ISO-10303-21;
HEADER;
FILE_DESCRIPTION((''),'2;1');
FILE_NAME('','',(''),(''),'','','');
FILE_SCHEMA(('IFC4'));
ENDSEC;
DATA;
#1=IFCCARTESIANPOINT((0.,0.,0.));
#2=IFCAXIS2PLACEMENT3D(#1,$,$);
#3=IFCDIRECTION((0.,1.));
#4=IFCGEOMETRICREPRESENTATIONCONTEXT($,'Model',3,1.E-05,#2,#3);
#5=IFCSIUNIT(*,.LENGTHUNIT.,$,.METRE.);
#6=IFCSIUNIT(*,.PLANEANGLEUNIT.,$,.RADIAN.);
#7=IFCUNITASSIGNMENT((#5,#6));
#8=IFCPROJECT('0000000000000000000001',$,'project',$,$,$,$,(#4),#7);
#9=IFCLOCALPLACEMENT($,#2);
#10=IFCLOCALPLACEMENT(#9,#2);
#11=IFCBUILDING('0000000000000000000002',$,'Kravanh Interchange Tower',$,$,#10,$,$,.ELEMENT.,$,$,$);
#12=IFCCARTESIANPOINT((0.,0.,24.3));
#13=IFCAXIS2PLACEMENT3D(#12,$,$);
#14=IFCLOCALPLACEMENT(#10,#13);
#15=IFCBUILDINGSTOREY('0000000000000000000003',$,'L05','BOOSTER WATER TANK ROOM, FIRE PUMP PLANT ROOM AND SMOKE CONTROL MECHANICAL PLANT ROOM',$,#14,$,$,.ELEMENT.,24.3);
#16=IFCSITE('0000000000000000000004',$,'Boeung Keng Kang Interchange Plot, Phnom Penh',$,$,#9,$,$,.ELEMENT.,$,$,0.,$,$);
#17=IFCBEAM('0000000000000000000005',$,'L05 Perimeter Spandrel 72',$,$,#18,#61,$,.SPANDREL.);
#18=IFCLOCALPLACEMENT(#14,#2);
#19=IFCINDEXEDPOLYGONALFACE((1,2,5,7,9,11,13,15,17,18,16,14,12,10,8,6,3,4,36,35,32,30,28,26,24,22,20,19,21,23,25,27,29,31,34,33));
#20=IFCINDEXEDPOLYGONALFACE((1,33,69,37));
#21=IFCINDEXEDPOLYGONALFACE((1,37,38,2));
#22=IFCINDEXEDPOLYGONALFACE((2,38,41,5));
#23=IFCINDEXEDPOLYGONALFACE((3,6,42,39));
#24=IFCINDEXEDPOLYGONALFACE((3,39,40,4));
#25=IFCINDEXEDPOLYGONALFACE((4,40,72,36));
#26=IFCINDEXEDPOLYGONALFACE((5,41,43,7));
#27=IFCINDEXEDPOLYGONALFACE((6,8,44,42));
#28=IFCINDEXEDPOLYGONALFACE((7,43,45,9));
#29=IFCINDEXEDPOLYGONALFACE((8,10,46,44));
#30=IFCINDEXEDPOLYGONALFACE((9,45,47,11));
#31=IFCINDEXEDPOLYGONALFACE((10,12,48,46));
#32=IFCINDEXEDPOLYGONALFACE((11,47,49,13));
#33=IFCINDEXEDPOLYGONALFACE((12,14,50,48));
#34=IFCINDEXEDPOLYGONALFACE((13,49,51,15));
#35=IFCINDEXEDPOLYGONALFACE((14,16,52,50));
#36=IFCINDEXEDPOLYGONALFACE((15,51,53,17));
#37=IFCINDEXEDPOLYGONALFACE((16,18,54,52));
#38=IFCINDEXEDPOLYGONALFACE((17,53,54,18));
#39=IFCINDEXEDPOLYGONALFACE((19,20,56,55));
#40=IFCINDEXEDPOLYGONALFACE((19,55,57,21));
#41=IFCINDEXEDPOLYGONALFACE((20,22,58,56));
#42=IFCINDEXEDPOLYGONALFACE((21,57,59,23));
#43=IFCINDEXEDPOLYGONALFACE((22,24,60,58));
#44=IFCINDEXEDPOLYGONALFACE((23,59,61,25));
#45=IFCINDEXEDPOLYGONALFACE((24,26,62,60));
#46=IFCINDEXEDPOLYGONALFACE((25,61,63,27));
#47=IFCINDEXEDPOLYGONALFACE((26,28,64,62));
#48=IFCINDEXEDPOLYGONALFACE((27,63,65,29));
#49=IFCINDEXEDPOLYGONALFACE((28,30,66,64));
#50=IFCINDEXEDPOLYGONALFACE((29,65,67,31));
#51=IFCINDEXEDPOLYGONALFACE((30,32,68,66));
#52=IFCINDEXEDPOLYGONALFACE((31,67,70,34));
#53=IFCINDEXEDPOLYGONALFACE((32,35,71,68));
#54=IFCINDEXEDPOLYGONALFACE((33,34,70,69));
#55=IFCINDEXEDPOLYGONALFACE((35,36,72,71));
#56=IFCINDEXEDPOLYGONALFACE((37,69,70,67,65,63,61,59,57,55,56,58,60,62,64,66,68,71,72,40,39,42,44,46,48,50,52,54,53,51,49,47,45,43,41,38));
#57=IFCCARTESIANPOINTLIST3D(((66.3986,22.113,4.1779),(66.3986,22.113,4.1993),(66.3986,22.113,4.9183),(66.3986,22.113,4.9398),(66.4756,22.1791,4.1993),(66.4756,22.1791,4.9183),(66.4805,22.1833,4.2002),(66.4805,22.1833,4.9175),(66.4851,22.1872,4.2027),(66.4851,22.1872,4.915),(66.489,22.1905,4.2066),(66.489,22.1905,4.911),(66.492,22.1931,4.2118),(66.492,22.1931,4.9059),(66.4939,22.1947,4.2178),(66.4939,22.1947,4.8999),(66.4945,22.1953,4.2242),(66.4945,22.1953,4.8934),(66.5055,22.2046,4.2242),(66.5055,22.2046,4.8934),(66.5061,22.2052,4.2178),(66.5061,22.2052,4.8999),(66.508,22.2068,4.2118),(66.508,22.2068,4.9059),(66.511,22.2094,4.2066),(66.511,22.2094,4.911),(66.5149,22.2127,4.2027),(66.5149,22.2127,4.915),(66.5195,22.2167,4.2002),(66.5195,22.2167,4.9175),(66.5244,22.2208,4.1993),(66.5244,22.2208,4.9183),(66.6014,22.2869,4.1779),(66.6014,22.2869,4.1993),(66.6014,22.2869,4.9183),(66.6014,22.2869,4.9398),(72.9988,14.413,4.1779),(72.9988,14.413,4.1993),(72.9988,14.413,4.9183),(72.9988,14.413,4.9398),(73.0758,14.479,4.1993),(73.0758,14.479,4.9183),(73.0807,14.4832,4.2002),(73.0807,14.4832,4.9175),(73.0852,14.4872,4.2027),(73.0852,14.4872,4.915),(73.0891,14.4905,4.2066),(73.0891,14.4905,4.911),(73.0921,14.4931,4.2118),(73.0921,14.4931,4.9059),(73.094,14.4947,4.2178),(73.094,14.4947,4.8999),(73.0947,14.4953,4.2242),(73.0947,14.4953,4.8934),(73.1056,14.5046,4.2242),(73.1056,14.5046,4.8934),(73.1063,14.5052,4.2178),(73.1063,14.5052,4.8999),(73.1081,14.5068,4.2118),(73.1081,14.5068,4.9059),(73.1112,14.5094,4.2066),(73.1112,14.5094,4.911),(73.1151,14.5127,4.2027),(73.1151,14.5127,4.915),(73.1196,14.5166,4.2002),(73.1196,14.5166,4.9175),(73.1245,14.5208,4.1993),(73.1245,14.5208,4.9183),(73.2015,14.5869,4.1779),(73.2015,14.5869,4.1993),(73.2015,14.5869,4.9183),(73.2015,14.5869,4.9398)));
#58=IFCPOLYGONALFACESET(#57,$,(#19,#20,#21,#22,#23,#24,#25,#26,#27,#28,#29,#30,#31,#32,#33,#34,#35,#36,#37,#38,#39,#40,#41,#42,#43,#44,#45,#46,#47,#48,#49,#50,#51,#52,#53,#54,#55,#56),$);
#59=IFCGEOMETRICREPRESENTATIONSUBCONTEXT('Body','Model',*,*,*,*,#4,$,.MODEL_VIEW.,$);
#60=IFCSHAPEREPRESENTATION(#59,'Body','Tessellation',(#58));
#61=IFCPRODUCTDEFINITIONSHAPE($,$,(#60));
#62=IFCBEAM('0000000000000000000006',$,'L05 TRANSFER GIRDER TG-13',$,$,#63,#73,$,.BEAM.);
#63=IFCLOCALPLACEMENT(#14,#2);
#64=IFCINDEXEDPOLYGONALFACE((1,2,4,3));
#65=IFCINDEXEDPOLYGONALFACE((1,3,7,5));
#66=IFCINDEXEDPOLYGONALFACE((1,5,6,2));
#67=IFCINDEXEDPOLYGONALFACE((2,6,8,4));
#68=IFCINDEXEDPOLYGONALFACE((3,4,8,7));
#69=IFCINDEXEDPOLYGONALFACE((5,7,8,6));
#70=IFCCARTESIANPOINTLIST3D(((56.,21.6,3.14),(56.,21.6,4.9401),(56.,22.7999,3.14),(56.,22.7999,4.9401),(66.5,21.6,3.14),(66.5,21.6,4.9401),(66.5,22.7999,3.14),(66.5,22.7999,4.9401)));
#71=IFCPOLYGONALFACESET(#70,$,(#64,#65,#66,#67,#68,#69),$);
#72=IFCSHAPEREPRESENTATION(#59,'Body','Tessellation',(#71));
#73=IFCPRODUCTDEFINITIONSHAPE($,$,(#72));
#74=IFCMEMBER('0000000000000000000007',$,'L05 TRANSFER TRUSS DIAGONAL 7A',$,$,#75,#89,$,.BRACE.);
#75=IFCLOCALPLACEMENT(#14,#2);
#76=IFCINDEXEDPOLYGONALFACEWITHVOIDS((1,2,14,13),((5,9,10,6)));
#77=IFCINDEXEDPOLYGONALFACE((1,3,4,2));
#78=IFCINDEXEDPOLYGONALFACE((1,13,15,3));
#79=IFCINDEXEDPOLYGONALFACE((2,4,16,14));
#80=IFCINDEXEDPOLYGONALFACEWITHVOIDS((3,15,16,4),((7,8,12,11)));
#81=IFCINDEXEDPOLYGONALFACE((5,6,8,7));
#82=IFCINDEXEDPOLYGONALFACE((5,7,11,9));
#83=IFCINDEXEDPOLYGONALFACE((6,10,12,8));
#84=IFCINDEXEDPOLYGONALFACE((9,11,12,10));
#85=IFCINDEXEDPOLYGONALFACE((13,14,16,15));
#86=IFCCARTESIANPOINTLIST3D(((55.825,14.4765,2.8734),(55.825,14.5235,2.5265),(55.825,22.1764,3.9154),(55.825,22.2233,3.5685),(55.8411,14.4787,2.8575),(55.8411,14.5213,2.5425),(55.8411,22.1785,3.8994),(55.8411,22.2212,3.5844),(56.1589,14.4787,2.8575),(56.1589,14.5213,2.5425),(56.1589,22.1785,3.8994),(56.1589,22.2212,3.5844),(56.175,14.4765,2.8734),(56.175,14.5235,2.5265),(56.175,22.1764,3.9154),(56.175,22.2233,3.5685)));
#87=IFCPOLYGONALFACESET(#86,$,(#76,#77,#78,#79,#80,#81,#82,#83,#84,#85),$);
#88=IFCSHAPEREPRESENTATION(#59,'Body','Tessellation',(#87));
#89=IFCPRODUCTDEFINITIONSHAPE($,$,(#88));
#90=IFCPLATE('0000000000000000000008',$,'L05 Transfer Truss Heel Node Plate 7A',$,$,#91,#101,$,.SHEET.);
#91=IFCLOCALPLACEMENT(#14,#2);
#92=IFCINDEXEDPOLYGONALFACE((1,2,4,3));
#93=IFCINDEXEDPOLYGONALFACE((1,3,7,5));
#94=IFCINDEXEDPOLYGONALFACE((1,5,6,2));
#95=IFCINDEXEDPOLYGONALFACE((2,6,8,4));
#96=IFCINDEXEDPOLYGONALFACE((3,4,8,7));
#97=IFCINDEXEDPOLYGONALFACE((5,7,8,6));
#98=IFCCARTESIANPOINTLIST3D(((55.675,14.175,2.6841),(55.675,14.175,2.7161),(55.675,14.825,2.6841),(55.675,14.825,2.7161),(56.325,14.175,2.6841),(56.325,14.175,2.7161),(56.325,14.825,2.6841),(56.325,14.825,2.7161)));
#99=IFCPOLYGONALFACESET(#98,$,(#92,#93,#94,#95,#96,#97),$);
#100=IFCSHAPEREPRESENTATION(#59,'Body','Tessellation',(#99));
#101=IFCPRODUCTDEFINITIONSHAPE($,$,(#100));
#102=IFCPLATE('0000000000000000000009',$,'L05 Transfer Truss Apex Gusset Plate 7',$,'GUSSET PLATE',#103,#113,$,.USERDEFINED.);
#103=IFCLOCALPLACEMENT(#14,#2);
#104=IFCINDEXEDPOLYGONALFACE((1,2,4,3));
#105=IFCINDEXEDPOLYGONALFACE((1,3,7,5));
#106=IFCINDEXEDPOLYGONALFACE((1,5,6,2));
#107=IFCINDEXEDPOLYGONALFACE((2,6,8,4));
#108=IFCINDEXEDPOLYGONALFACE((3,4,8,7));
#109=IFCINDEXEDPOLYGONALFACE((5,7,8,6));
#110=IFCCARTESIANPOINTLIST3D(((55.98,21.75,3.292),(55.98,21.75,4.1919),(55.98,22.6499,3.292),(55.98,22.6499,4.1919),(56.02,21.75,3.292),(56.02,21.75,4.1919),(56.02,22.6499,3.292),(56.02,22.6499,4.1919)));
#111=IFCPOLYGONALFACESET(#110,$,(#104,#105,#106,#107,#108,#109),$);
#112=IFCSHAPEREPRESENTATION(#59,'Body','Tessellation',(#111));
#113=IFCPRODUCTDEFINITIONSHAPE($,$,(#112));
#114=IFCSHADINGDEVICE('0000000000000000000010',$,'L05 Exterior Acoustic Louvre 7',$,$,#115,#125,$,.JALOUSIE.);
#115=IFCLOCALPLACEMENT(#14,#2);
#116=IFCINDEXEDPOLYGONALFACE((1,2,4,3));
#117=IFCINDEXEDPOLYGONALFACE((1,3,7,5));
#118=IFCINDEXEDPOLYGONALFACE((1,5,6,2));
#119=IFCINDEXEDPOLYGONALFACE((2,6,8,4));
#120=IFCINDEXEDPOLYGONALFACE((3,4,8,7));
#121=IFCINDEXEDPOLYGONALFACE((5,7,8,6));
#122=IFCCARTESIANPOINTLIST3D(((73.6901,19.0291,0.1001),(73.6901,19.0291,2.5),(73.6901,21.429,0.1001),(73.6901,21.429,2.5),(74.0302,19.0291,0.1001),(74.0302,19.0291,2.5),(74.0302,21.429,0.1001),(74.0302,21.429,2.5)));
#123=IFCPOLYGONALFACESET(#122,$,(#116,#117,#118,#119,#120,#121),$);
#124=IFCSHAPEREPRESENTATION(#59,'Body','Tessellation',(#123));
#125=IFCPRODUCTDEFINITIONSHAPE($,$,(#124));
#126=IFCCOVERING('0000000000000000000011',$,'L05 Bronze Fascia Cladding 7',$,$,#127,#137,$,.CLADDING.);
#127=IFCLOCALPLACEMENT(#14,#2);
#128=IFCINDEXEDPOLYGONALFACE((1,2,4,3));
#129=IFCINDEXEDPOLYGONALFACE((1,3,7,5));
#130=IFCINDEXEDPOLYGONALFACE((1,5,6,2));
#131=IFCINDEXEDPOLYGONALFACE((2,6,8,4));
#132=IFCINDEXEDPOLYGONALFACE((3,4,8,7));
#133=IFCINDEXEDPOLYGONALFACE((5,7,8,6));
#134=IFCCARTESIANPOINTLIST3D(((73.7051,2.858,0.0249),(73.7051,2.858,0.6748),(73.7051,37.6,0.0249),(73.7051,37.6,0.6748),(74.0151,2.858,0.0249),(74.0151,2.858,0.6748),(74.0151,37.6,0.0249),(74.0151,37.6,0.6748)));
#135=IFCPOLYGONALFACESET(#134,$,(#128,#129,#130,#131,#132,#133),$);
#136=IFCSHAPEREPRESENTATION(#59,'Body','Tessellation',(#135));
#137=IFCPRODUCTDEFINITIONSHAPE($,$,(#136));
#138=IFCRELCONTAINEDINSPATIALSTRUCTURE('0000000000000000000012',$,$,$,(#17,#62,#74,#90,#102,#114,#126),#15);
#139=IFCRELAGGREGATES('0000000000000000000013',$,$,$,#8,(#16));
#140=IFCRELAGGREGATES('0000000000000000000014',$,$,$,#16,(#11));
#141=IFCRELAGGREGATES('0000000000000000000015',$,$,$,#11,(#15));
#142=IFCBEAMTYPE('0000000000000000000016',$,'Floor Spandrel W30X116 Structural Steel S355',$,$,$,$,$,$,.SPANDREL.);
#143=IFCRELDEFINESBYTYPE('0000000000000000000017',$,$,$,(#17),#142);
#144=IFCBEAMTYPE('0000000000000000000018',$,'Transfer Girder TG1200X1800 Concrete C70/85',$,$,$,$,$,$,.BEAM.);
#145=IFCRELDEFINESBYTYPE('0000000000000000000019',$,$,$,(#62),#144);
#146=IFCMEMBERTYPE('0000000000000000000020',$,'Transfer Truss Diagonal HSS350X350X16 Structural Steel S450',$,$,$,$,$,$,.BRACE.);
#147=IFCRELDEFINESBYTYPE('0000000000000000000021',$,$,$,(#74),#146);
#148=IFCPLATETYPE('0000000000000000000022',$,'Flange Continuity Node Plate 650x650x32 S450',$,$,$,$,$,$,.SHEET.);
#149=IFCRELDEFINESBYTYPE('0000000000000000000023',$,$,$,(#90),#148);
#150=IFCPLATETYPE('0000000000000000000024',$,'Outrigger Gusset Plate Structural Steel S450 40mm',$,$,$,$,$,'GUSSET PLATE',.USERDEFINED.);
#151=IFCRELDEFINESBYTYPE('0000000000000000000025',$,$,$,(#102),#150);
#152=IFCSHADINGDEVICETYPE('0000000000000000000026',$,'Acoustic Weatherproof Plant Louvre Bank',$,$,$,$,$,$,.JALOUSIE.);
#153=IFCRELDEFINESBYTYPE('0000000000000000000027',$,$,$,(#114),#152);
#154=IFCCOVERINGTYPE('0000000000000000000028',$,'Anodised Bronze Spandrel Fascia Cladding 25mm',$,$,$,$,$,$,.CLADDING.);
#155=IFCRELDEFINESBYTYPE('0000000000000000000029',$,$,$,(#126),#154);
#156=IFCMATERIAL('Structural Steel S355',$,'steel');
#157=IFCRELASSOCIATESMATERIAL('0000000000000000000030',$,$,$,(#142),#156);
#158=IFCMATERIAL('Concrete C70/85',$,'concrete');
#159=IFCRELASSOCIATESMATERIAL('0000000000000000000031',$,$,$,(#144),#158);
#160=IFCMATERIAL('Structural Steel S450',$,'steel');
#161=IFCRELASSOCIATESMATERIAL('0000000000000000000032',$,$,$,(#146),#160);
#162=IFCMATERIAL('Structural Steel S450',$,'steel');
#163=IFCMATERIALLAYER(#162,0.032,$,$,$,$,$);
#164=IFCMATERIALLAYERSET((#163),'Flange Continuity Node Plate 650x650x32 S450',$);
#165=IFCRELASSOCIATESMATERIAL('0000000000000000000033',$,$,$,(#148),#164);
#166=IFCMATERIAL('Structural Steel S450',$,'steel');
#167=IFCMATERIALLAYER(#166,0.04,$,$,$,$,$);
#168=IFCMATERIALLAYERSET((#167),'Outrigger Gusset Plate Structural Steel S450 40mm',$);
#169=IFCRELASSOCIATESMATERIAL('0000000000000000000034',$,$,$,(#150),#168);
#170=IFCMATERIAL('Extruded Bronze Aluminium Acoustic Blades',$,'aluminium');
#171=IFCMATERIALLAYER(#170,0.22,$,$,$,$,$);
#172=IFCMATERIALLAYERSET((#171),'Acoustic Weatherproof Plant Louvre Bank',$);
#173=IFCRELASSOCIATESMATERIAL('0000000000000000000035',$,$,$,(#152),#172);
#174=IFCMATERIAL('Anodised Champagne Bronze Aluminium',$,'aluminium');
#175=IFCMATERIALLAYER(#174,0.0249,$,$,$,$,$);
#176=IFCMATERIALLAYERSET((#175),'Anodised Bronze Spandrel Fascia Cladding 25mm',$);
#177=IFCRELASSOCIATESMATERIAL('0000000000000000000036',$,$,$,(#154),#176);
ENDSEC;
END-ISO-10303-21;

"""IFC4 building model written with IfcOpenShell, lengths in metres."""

from ifc_helpers import new_model, si_unit, direction, frame, origin, origin_2d, place, context, subcontext, project, spatial, rectangle, hollow_rectangle, i_section, extrude, material, layer, layer_set, material_profile, profile_set, type_object, element, save


model = new_model("IFC4")

# Units and contexts
model_context = context("Model", 3, precision=1e-05, world=origin(), true_north=direction((0.0, 1.0)))
body_context = subcontext(model_context, "Body", "Model", "MODEL_VIEW")
ifc_project = project(units=[si_unit("LENGTHUNIT", "METRE"), si_unit("PLANEANGLEUNIT", "RADIAN")], contexts=[model_context])

# Site, building, storey
site_placement = place(None, origin())
site = spatial("IfcSite", under=ifc_project, at=site_placement, Name="Boeung Keng Kang Interchange Plot, Phnom Penh", CompositionType="ELEMENT", RefElevation=0.0)
building_placement = place(site_placement, origin())
building = spatial("IfcBuilding", under=site, at=building_placement, Name="Kravanh Interchange Tower", CompositionType="ELEMENT")
storey_placement = place(building_placement, frame((0.0, 0.0, 24.3)))
storey = spatial("IfcBuildingStorey", under=building, at=storey_placement, Name="L05", Description="BOOSTER WATER TANK ROOM, FIRE PUMP PLANT ROOM AND SMOKE CONTROL MECHANICAL PLANT ROOM", CompositionType="ELEMENT", Elevation=24.3)

# Beams
ifc_material_1 = material(Name="Structural Steel S355", Category="steel")
ifc_material_profile_1 = material_profile(ifc_material_1, i_section(OverallWidth=0.2671, OverallDepth=0.762, WebThickness=0.0144, FlangeThickness=0.0215, FilletRadius=0.0249, at=origin_2d()), Name="W30X116")
ifc_profile_set_1 = profile_set([ifc_material_profile_1], Name="Structural Steel S355")
beam_type_1 = type_object("IfcBeamType", Name="Floor Spandrel W30X116 Structural Steel S355", PredefinedType="SPANDREL", material=ifc_profile_set_1)
beam_1_placement = place(storey_placement, frame((66.5, 22.2, 4.5588), z_axis=(0.650799, -0.75925, 0.0), x_axis=(0.75925, 0.650799, 0.0)))
element("IfcBeam", 1, at=beam_1_placement, inside=storey, type_object=beam_type_1, Name="L05 Perimeter Spandrel 72", PredefinedType="SPANDREL", context=body_context, shape_type="SweptSolid", body=[
    extrude(i_section(OverallWidth=0.2671, OverallDepth=0.762, WebThickness=0.0144, FlangeThickness=0.0215, FilletRadius=0.0249, at=origin_2d()), origin(), (0.0, 0.0, 1.0), 10.1416),
])
ifc_material_2 = material(Name="Concrete C70/85", Category="concrete")
ifc_material_profile_2 = material_profile(ifc_material_2, rectangle(XDim=1.2, YDim=1.8, at=origin_2d()), Name="TG1200X1800")
ifc_profile_set_2 = profile_set([ifc_material_profile_2], Name="Concrete C70/85")
beam_type_2 = type_object("IfcBeamType", Name="Transfer Girder TG1200X1800 Concrete C70/85", PredefinedType="BEAM", material=ifc_profile_set_2)
beam_2_placement = place(storey_placement, frame((56.0, 22.2, 4.04), z_axis=(1.0, 0.0, 0.0), x_axis=(0.0, 1.0, 0.0)))
element("IfcBeam", 2, at=beam_2_placement, inside=storey, type_object=beam_type_2, Name="L05 TRANSFER GIRDER TG-13", PredefinedType="BEAM", context=body_context, shape_type="SweptSolid", body=[
    extrude(rectangle(XDim=1.2, YDim=1.8, at=origin_2d()), origin(), (0.0, 0.0, 1.0), 10.5),
])

# Member
ifc_material_3 = material(Name="Structural Steel S450", Category="steel")
ifc_material_profile_3 = material_profile(ifc_material_3, hollow_rectangle(XDim=0.3501, YDim=0.3501, WallThickness=0.0161, at=origin_2d()), Name="HSS350X350X16")
ifc_profile_set_3 = profile_set([ifc_material_profile_3], Name="Structural Steel S450")
member_type = type_object("IfcMemberType", Name="Transfer Truss Diagonal HSS350X350X16 Structural Steel S450", PredefinedType="BRACE", material=ifc_profile_set_3)
member_placement = place(storey_placement, frame((56.0, 14.5, 2.7), z_axis=(0.0, 0.990968, 0.134102), x_axis=(-1.0, 0.0, 0.0)))
element("IfcMember", 3, at=member_placement, inside=storey, type_object=member_type, Name="L05 TRANSFER TRUSS DIAGONAL 7A", PredefinedType="BRACE", context=body_context, shape_type="SweptSolid", body=[
    extrude(hollow_rectangle(XDim=0.3501, YDim=0.3501, WallThickness=0.0161, at=origin_2d()), origin(), (0.0, 0.0, 1.0), 7.77),
])

# Plates
ifc_material_4 = material(Name="Structural Steel S450", Category="steel")
ifc_layer_1 = layer(ifc_material_4, 0.032)
ifc_layer_set_1 = layer_set([ifc_layer_1], Name="Flange Continuity Node Plate 650x650x32 S450")
plate_type_1 = type_object("IfcPlateType", Name="Flange Continuity Node Plate 650x650x32 S450", PredefinedType="SHEET", material=ifc_layer_set_1)
plate_1_placement = place(storey_placement, frame((56.0, 14.5, 2.6841), z_axis=(0.0, 0.0, 1.0), x_axis=(1.0, 0.0, 0.0)))
element("IfcPlate", 4, at=plate_1_placement, inside=storey, type_object=plate_type_1, Name="L05 Transfer Truss Heel Node Plate 7A", PredefinedType="SHEET", context=body_context, shape_type="SweptSolid", body=[
    extrude(rectangle(XDim=0.6499, YDim=0.6499, at=origin_2d()), origin(), (0.0, 0.0, 1.0), 0.032),
])
ifc_material_5 = material(Name="Structural Steel S450", Category="steel")
ifc_layer_2 = layer(ifc_material_5, 0.04)
ifc_layer_set_2 = layer_set([ifc_layer_2], Name="Outrigger Gusset Plate Structural Steel S450 40mm")
plate_type_2 = type_object("IfcPlateType", Name="Outrigger Gusset Plate Structural Steel S450 40mm", ElementType="GUSSET PLATE", PredefinedType="USERDEFINED", material=ifc_layer_set_2)
plate_2_placement = place(storey_placement, frame((56.0, 22.2, 3.292), z_axis=(0.0, 0.0, 1.0), x_axis=(0.0, 1.0, 0.0)))
element("IfcPlate", 5, at=plate_2_placement, inside=storey, type_object=plate_type_2, Name="L05 Transfer Truss Apex Gusset Plate 7", ObjectType="GUSSET PLATE", PredefinedType="USERDEFINED", context=body_context, shape_type="SweptSolid", body=[
    extrude(rectangle(XDim=0.8999, YDim=0.04, at=origin_2d()), origin(), (0.0, 0.0, 1.0), 0.8999),
])

# Shading device
ifc_material_6 = material(Name="Extruded Bronze Aluminium Acoustic Blades", Category="aluminium")
ifc_layer_3 = layer(ifc_material_6, 0.22)
ifc_layer_set_3 = layer_set([ifc_layer_3], Name="Acoustic Weatherproof Plant Louvre Bank")
shading_device_type = type_object("IfcShadingDeviceType", Name="Acoustic Weatherproof Plant Louvre Bank", PredefinedType="JALOUSIE", material=ifc_layer_set_3)
shading_device_placement = place(storey_placement, frame((73.8601, 20.229, 0.1001), z_axis=(0.0, 0.0, 1.0), x_axis=(0.0, -1.0, 0.0)))
element("IfcShadingDevice", 6, at=shading_device_placement, inside=storey, type_object=shading_device_type, Name="L05 Exterior Acoustic Louvre 7", PredefinedType="JALOUSIE", context=body_context, shape_type="SweptSolid", body=[
    extrude(rectangle(XDim=2.3999, YDim=0.3401, at=origin_2d()), origin(), (0.0, 0.0, 1.0), 2.3999),
])

# Covering
ifc_material_7 = material(Name="Anodised Champagne Bronze Aluminium", Category="aluminium")
ifc_layer_4 = layer(ifc_material_7, 0.0249)
ifc_layer_set_4 = layer_set([ifc_layer_4], Name="Anodised Bronze Spandrel Fascia Cladding 25mm")
covering_type = type_object("IfcCoveringType", Name="Anodised Bronze Spandrel Fascia Cladding 25mm", PredefinedType="CLADDING", material=ifc_layer_set_4)
covering_placement = place(storey_placement, frame((73.8601, 20.229, 0.0249), z_axis=(0.0, 0.0, 1.0), x_axis=(0.0, -1.0, 0.0)))
element("IfcCovering", 7, at=covering_placement, inside=storey, type_object=covering_type, Name="L05 Bronze Fascia Cladding 7", PredefinedType="CLADDING", context=body_context, shape_type="SweptSolid", body=[
    extrude(rectangle(XDim=34.7419, YDim=0.3101, at=origin_2d()), origin(), (0.0, 0.0, 1.0), 0.6499),
])

save(model, "model.ifc")
